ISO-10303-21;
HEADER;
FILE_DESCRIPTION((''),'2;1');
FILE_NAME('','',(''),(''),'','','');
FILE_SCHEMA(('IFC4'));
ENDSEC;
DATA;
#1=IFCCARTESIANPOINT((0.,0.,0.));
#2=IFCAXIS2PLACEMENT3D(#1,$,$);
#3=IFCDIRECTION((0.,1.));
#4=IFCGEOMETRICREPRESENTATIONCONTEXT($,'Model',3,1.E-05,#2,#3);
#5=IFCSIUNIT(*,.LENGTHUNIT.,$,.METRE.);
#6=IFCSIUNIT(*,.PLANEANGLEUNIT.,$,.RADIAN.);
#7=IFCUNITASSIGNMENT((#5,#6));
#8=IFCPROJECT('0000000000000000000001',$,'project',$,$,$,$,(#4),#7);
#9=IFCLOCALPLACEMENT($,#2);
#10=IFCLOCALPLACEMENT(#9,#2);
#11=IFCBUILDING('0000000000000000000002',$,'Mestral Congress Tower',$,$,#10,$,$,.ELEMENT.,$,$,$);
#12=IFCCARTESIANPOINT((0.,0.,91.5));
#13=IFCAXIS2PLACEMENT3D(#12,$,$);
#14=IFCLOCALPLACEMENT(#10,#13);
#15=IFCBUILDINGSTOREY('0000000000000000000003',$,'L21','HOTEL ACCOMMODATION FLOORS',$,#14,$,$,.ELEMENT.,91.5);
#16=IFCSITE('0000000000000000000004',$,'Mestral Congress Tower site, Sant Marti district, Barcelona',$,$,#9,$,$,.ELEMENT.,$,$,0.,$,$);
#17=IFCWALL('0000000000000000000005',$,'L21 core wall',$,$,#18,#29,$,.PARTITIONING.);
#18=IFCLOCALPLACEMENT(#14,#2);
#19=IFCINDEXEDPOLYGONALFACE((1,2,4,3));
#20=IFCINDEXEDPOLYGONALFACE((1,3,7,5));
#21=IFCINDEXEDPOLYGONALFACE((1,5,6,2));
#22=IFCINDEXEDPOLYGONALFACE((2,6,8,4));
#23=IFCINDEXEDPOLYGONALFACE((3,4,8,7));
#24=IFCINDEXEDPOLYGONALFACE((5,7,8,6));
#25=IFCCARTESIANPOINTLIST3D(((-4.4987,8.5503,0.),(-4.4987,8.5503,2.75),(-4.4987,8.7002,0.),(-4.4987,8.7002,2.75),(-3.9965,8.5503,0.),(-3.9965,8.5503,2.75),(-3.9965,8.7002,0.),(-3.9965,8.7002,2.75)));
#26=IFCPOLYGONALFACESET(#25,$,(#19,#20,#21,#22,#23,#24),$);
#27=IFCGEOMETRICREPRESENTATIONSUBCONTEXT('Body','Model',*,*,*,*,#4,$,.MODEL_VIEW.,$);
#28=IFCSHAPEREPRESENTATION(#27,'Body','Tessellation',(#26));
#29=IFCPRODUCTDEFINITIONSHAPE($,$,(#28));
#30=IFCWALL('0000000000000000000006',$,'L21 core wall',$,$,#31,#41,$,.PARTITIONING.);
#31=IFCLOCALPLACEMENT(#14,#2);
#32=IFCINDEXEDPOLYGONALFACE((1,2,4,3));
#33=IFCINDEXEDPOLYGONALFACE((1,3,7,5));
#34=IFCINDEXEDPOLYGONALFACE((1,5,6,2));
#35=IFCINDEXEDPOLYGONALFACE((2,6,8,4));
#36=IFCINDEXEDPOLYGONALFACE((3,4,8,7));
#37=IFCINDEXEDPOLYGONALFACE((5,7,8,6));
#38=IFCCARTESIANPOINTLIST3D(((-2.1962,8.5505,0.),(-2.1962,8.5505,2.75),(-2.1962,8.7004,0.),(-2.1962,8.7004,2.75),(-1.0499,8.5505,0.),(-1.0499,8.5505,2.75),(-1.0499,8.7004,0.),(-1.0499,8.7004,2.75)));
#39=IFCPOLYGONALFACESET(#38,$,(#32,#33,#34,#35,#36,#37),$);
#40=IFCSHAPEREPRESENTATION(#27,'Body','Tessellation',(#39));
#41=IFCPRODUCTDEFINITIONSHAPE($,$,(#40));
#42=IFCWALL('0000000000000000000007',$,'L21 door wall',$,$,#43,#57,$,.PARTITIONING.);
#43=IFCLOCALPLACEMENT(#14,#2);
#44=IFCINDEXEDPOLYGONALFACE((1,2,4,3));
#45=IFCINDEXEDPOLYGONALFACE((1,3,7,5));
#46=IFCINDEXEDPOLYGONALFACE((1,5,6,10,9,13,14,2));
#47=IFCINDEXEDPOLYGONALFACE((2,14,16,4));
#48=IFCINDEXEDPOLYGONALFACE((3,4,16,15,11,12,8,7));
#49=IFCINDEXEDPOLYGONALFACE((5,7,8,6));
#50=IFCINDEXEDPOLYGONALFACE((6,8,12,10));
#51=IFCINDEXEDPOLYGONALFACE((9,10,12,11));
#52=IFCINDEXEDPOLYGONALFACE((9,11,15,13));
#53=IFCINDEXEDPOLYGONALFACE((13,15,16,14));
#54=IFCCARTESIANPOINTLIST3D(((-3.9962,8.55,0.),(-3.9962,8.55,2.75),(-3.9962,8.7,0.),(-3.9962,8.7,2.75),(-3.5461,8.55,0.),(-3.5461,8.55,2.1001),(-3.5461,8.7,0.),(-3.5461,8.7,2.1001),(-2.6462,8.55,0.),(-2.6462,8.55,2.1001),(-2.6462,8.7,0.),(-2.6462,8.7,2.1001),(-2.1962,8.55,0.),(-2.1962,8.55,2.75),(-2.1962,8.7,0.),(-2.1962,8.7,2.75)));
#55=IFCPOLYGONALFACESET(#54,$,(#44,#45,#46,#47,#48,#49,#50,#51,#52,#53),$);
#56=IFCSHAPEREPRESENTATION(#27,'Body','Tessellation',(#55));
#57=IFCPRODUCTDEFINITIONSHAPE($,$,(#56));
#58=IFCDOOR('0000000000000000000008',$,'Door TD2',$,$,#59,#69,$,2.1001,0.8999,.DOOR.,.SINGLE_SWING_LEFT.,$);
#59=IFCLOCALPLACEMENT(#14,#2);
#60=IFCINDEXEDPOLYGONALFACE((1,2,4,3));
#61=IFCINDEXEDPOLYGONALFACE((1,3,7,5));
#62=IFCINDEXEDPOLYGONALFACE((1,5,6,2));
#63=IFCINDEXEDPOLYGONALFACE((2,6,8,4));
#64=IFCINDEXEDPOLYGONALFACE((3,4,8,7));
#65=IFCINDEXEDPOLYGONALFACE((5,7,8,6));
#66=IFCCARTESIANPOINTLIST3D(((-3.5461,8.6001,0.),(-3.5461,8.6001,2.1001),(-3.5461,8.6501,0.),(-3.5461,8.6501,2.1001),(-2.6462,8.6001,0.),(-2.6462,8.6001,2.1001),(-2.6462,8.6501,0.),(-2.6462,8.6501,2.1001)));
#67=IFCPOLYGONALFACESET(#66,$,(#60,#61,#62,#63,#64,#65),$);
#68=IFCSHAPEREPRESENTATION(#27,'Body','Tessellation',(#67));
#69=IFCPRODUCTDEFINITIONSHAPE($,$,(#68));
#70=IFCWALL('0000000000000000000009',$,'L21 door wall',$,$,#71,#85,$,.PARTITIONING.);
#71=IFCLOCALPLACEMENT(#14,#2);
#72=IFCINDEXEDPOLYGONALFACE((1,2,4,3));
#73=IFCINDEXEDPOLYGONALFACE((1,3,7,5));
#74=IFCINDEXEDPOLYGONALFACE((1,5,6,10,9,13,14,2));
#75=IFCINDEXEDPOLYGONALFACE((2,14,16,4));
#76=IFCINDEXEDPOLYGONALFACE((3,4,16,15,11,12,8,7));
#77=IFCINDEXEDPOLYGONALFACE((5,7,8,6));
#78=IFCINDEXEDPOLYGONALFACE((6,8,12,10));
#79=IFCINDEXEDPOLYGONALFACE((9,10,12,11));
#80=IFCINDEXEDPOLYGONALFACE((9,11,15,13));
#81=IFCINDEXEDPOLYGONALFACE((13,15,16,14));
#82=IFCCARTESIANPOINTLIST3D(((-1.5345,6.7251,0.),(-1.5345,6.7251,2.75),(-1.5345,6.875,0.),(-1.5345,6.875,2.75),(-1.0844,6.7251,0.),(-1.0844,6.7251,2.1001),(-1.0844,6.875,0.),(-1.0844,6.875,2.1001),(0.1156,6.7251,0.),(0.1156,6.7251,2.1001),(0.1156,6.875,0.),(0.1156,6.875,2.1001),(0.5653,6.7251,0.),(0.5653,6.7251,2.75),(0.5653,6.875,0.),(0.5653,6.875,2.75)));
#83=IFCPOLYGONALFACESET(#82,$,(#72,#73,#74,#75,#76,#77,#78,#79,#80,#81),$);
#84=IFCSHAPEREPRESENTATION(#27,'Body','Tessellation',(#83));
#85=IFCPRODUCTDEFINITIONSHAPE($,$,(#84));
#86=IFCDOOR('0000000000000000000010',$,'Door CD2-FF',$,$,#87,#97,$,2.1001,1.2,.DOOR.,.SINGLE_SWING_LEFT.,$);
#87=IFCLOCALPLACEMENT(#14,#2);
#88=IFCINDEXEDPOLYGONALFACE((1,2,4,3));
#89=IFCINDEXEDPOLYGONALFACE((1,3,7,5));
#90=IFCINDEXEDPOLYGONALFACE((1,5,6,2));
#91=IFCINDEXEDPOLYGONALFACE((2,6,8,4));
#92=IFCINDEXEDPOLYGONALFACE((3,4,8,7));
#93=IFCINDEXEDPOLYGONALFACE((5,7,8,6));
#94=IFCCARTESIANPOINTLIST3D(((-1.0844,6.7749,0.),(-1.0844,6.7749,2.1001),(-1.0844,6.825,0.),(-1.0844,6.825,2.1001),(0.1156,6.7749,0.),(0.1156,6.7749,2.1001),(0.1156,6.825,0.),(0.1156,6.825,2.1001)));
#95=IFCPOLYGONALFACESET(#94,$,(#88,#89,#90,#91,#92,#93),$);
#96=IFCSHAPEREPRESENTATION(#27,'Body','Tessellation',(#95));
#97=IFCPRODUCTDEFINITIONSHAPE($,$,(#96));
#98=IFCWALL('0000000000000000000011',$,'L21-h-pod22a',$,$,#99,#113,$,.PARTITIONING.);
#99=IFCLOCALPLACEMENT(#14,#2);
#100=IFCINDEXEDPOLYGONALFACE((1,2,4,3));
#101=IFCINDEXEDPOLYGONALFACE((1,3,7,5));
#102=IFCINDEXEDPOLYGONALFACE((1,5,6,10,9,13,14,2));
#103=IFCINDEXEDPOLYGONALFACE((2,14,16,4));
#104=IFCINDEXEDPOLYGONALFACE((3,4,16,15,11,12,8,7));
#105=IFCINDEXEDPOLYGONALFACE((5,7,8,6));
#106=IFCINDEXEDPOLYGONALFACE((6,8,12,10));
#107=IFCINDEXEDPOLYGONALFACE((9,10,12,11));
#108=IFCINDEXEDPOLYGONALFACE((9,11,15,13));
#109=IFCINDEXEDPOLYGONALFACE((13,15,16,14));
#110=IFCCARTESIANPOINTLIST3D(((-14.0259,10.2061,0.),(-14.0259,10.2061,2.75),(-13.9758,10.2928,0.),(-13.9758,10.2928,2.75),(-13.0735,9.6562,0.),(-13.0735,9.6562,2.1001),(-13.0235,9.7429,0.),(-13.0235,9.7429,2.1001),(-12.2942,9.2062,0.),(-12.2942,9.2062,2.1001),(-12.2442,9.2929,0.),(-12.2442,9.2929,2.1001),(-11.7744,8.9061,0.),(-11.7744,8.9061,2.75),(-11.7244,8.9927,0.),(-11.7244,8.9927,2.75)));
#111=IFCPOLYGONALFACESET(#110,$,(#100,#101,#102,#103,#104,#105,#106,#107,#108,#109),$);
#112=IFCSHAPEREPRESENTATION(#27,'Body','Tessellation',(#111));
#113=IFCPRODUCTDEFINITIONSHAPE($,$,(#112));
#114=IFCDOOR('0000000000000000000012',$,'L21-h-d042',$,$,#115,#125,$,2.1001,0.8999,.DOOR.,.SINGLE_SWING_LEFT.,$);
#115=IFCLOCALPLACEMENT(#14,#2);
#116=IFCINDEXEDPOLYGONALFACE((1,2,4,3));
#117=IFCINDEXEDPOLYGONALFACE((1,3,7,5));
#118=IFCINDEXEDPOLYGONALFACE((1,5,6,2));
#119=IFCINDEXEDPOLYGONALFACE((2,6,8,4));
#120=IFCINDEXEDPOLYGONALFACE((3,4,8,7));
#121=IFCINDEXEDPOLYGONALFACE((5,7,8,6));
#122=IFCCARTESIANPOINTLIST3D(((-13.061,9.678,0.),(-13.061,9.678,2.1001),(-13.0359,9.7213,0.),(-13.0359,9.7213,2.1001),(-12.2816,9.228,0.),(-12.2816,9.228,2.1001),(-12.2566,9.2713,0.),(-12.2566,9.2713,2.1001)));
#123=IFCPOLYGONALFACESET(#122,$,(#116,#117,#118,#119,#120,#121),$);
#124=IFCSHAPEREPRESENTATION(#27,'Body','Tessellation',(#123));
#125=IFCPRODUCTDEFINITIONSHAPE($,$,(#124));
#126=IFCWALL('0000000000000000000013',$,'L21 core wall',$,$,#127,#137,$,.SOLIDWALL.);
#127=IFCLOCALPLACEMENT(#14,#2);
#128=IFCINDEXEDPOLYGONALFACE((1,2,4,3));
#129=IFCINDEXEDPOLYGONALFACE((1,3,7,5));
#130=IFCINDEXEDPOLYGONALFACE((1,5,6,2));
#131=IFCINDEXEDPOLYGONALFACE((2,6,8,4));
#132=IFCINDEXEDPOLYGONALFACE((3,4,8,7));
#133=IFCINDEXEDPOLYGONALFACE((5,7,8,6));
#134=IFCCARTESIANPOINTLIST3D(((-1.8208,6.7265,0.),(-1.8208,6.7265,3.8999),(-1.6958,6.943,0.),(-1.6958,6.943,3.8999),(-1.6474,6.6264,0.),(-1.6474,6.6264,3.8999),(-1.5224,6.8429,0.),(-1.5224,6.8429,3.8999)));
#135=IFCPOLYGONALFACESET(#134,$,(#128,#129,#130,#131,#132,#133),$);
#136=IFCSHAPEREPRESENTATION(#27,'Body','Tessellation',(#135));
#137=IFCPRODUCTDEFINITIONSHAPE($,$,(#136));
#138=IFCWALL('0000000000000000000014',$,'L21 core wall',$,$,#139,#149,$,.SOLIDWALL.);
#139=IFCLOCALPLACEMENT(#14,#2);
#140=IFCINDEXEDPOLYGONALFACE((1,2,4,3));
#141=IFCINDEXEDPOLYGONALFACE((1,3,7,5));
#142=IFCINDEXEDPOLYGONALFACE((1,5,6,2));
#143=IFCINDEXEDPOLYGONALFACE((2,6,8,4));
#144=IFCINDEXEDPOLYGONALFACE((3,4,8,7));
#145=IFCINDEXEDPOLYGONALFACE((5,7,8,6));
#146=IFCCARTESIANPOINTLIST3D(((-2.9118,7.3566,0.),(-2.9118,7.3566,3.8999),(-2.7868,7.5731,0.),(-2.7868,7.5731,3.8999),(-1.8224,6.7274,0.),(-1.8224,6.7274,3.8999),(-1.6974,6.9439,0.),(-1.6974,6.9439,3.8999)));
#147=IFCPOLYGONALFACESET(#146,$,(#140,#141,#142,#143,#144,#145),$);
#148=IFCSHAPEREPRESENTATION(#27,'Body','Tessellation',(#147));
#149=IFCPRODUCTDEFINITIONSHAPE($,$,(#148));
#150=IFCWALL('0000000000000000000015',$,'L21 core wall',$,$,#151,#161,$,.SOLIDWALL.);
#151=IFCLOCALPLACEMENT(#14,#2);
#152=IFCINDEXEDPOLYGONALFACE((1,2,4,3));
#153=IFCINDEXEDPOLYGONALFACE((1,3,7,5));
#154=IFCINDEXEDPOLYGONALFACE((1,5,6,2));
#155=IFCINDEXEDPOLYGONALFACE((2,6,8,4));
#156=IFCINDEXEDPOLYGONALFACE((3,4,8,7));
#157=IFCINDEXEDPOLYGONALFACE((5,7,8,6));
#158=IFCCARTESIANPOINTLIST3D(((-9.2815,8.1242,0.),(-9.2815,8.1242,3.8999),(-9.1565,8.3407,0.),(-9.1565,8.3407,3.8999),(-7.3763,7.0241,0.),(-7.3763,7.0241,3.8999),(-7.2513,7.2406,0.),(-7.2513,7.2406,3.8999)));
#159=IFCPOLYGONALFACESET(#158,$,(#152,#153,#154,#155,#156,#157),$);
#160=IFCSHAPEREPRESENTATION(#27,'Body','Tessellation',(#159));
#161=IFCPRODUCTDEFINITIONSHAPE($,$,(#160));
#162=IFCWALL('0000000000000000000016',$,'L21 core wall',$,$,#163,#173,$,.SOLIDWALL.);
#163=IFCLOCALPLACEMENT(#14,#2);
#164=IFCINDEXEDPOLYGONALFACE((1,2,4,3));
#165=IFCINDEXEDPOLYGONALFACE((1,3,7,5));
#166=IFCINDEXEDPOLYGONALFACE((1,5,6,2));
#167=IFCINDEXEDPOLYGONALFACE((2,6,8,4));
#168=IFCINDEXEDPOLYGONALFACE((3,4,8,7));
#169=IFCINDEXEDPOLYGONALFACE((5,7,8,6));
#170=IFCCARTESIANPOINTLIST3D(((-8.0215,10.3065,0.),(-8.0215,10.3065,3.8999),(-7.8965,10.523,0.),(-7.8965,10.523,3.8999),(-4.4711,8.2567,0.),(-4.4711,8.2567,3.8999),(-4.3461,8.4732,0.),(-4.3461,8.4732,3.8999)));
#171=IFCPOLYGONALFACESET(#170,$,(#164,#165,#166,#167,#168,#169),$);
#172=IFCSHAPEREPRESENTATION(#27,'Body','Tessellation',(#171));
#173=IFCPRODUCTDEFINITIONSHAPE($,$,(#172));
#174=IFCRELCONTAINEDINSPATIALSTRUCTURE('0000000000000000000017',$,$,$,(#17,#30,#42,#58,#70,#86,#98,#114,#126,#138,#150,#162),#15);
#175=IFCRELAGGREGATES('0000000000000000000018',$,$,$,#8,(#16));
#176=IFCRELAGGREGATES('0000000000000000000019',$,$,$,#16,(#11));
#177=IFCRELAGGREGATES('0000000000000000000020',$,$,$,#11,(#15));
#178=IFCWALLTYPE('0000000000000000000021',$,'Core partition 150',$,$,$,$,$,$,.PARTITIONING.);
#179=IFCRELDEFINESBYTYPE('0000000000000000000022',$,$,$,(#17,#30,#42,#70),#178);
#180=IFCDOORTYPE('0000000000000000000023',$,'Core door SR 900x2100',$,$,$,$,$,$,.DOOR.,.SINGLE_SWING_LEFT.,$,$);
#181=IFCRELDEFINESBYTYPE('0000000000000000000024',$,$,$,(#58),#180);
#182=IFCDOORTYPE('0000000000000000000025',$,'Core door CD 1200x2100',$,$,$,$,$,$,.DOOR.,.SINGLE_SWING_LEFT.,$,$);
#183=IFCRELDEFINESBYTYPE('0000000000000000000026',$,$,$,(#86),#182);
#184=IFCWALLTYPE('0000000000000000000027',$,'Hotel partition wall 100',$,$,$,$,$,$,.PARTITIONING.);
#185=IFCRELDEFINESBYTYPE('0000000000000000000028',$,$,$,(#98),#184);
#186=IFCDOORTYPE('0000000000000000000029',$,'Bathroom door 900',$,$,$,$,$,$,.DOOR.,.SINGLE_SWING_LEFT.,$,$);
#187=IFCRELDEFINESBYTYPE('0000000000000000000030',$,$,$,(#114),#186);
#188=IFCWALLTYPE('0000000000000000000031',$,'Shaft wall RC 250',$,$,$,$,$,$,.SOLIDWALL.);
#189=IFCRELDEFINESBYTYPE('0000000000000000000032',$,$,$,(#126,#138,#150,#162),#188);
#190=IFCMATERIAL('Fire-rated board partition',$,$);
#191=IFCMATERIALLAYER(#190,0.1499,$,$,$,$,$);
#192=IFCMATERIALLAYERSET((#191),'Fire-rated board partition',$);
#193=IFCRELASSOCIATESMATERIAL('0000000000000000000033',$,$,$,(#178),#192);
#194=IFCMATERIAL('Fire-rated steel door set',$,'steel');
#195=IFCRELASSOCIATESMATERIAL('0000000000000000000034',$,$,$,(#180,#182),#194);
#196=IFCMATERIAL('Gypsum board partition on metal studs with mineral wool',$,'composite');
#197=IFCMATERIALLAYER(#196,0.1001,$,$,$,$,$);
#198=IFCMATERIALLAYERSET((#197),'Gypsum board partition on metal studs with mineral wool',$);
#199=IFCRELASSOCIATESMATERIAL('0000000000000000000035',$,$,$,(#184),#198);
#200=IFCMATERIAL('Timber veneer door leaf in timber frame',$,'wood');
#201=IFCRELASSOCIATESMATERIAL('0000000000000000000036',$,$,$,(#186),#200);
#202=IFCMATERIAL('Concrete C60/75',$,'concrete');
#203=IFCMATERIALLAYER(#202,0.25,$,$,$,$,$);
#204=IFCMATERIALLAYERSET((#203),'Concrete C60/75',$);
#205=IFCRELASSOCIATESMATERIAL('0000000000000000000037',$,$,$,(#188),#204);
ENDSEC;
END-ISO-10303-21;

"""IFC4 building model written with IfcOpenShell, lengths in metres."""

from ifc_helpers import new_model, si_unit, direction, frame, frame_2d, origin, place, context, subcontext, project, spatial, rectangle, extrude, material, layer, layer_set, type_object, element, fill, save


model = new_model("IFC4")

# Units and contexts
model_context = context("Model", 3, precision=1e-05, world=origin(), true_north=direction((0.0, 1.0)))
body_context = subcontext(model_context, "Body", "Model", "MODEL_VIEW")
ifc_project = project(units=[si_unit("LENGTHUNIT", "METRE"), si_unit("PLANEANGLEUNIT", "RADIAN")], contexts=[model_context])

# Site, building, storey
site_placement = place(None, origin())
site = spatial("IfcSite", under=ifc_project, at=site_placement, Name="Mestral Congress Tower site, Sant Marti district, Barcelona", CompositionType="ELEMENT", RefElevation=0.0)
building_placement = place(site_placement, origin())
building = spatial("IfcBuilding", under=site, at=building_placement, Name="Mestral Congress Tower", CompositionType="ELEMENT")
storey_placement = place(building_placement, frame((0.0, 0.0, 91.5)))
storey = spatial("IfcBuildingStorey", under=building, at=storey_placement, Name="L21", Description="HOTEL ACCOMMODATION FLOORS", CompositionType="ELEMENT", Elevation=91.5)

# Walls
ifc_material_1 = material(Name="Fire-rated board partition")
ifc_layer_1 = layer(ifc_material_1, 0.1499)
ifc_layer_set_1 = layer_set([ifc_layer_1], Name="Fire-rated board partition")
wall_type_1 = type_object("IfcWallType", Name="Core partition 150", PredefinedType="PARTITIONING", material=ifc_layer_set_1)
wall_1_placement = place(storey_placement, frame((-3.9966, 8.6252, 0.0), z_axis=(0.0, 0.0, 1.0), x_axis=(-1.0, 0.0, 0.0)))
element("IfcWall", 1, at=wall_1_placement, inside=storey, type_object=wall_type_1, Name="L21 core wall", PredefinedType="PARTITIONING", context=body_context, shape_type="SweptSolid", body=[
    extrude(rectangle(XDim=0.5022, YDim=0.1499, at=frame_2d((0.251, 0.0))), origin(), (0.0, 0.0, 1.0), 2.75),
])
wall_2_placement = place(storey_placement, frame((-2.1963, 8.6255, 0.0), z_axis=(0.0, 0.0, 1.0), x_axis=(1.0, 0.0, 0.0)))
element("IfcWall", 2, at=wall_2_placement, inside=storey, type_object=wall_type_1, Name="L21 core wall", PredefinedType="PARTITIONING", context=body_context, shape_type="SweptSolid", body=[
    extrude(rectangle(XDim=1.1462, YDim=0.1499, at=frame_2d((0.5732, 0.0))), origin(), (0.0, 0.0, 1.0), 2.75),
])

# Walls, openings, doors
wall_3_placement = place(storey_placement, frame((-2.1963, 8.625, 0.0), z_axis=(0.0, 0.0, 1.0), x_axis=(-1.0, 0.0, 0.0)))
wall_3 = element("IfcWall", 3, at=wall_3_placement, inside=storey, type_object=wall_type_1, Name="L21 door wall", PredefinedType="PARTITIONING", context=body_context, shape_type="SweptSolid", body=[
    extrude(rectangle(XDim=1.8, YDim=0.1499, at=frame_2d((0.8999, 0.0))), origin(), (0.0, 0.0, 1.0), 2.75),
])
opening_1_placement = place(wall_3_placement, frame((0.45, 0.0, 0.0)))
opening_1 = element("IfcOpeningElement", 4, at=opening_1_placement, cuts=wall_3, PredefinedType="OPENING", context=body_context, shape_type="SweptSolid", body=[
    extrude(rectangle(XDim=0.8999, YDim=2.1001, at=frame_2d((0.45, 1.05))), frame((0.0, 0.085, 0.0), z_axis=(0.0, -1.0, 0.0), x_axis=(1.0, 0.0, 0.0)), (0.0, 0.0, 1.0), 0.1699),
])
ifc_material_2 = material(Name="Fire-rated steel door set", Category="steel")
door_type_1 = type_object("IfcDoorType", Name="Core door SR 900x2100", OperationType="SINGLE_SWING_LEFT", PredefinedType="DOOR", material=ifc_material_2)
door_1_placement = place(opening_1_placement, origin())
door_1 = element("IfcDoor", 5, at=door_1_placement, inside=storey, type_object=door_type_1, Name="Door TD2", OperationType="SINGLE_SWING_LEFT", OverallHeight=2.1001, OverallWidth=0.8999, PredefinedType="DOOR", context=body_context, shape_type="SweptSolid", body=[
    extrude(rectangle(XDim=0.8999, YDim=2.1001, at=frame_2d((0.45, 1.05))), frame((0.0, 0.0249, 0.0), z_axis=(0.0, -1.0, 0.0), x_axis=(1.0, 0.0, 0.0)), (0.0, 0.0, 1.0), 0.05),
])
fill(opening_1, door_1)
wall_4_placement = place(storey_placement, frame((-1.5344, 6.8, 0.0), z_axis=(0.0, 0.0, 1.0), x_axis=(1.0, 0.0, 0.0)))
wall_4 = element("IfcWall", 6, at=wall_4_placement, inside=storey, type_object=wall_type_1, Name="L21 door wall", PredefinedType="PARTITIONING", context=body_context, shape_type="SweptSolid", body=[
    extrude(rectangle(XDim=2.0999, YDim=0.1499, at=frame_2d((1.0498, 0.0))), origin(), (0.0, 0.0, 1.0), 2.75),
])
opening_2_placement = place(wall_4_placement, frame((0.45, 0.0, 0.0)))
opening_2 = element("IfcOpeningElement", 7, at=opening_2_placement, cuts=wall_4, PredefinedType="OPENING", context=body_context, shape_type="SweptSolid", body=[
    extrude(rectangle(XDim=1.2, YDim=2.1001, at=frame_2d((0.6001, 1.05))), frame((0.0, 0.085, 0.0), z_axis=(0.0, -1.0, 0.0), x_axis=(1.0, 0.0, 0.0)), (0.0, 0.0, 1.0), 0.1699),
])
door_type_2 = type_object("IfcDoorType", Name="Core door CD 1200x2100", OperationType="SINGLE_SWING_LEFT", PredefinedType="DOOR", material=ifc_material_2)
door_2_placement = place(opening_2_placement, origin())
door_2 = element("IfcDoor", 8, at=door_2_placement, inside=storey, type_object=door_type_2, Name="Door CD2-FF", OperationType="SINGLE_SWING_LEFT", OverallHeight=2.1001, OverallWidth=1.2, PredefinedType="DOOR", context=body_context, shape_type="SweptSolid", body=[
    extrude(rectangle(XDim=1.2, YDim=2.1001, at=frame_2d((0.6001, 1.05))), frame((0.0, 0.0249, 0.0), z_axis=(0.0, -1.0, 0.0), x_axis=(1.0, 0.0, 0.0)), (0.0, 0.0, 1.0), 0.05),
])
fill(opening_2, door_2)
ifc_material_3 = material(Name="Gypsum board partition on metal studs with mineral wool", Category="composite")
ifc_layer_2 = layer(ifc_material_3, 0.1001)
ifc_layer_set_2 = layer_set([ifc_layer_2], Name="Gypsum board partition on metal studs with mineral wool")
wall_type_2 = type_object("IfcWallType", Name="Hotel partition wall 100", PredefinedType="PARTITIONING", material=ifc_layer_set_2)
wall_5_placement = place(storey_placement, frame((-11.7495, 8.9495, 0.0), z_axis=(0.0, 0.0, 1.0), x_axis=(-0.865998, 0.500048, 0.0)))
wall_5 = element("IfcWall", 9, at=wall_5_placement, inside=storey, type_object=wall_type_2, Name="L21-h-pod22a", PredefinedType="PARTITIONING", context=body_context, shape_type="SweptSolid", body=[
    extrude(rectangle(XDim=2.5999, YDim=0.1001, at=frame_2d((1.2998, 0.0))), origin(), (0.0, 0.0, 1.0), 2.75),
])
opening_3_placement = place(wall_5_placement, frame((0.6001, 0.0, 0.0)))
opening_3 = element("IfcOpeningElement", 10, at=opening_3_placement, cuts=wall_5, PredefinedType="OPENING", context=body_context, shape_type="SweptSolid", body=[
    extrude(rectangle(XDim=0.8999, YDim=2.1001, at=frame_2d((0.45, 1.05))), frame((0.0, 0.0601, 0.0), z_axis=(0.0, -1.0, 0.0), x_axis=(1.0, 0.0, 0.0)), (0.0, 0.0, 1.0), 0.1201),
])
ifc_material_4 = material(Name="Timber veneer door leaf in timber frame", Category="wood")
door_type_3 = type_object("IfcDoorType", Name="Bathroom door 900", OperationType="SINGLE_SWING_LEFT", PredefinedType="DOOR", material=ifc_material_4)
door_3_placement = place(opening_3_placement, origin())
door_3 = element("IfcDoor", 11, at=door_3_placement, inside=storey, type_object=door_type_3, Name="L21-h-d042", OperationType="SINGLE_SWING_LEFT", OverallHeight=2.1001, OverallWidth=0.8999, PredefinedType="DOOR", context=body_context, shape_type="SweptSolid", body=[
    extrude(rectangle(XDim=0.8999, YDim=2.1001, at=frame_2d((0.45, 1.05))), frame((0.0, 0.0249, 0.0), z_axis=(0.0, -1.0, 0.0), x_axis=(1.0, 0.0, 0.0)), (0.0, 0.0, 1.0), 0.05),
])
fill(opening_3, door_3)

# Walls
ifc_material_5 = material(Name="Concrete C60/75", Category="concrete")
ifc_layer_3 = layer(ifc_material_5, 0.25)
ifc_layer_set_3 = layer_set([ifc_layer_3], Name="Concrete C60/75")
wall_type_3 = type_object("IfcWallType", Name="Shaft wall RC 250", PredefinedType="SOLIDWALL", material=ifc_layer_set_3)
wall_6_placement = place(storey_placement, frame((-1.7583, 6.8347, 0.0), z_axis=(0.0, 0.0, 1.0), x_axis=(0.865982, -0.500074, 0.0)))
element("IfcWall", 12, at=wall_6_placement, inside=storey, type_object=wall_type_3, Name="L21 core wall", PredefinedType="SOLIDWALL", context=body_context, shape_type="SweptSolid", body=[
    extrude(rectangle(XDim=0.2002, YDim=0.25, at=frame_2d((0.1001, 0.0))), origin(), (0.0, 0.0, 1.0), 3.8999),
])
wall_7_placement = place(storey_placement, frame((-1.76, 6.8357, 0.0), z_axis=(0.0, 0.0, 1.0), x_axis=(-0.865953, 0.500126, 0.0)))
element("IfcWall", 13, at=wall_7_placement, inside=storey, type_object=wall_type_3, Name="L21 core wall", PredefinedType="SOLIDWALL", context=body_context, shape_type="SweptSolid", body=[
    extrude(rectangle(XDim=1.2581, YDim=0.25, at=frame_2d((0.6289, 0.0))), origin(), (0.0, 0.0, 1.0), 3.8999),
])
wall_8_placement = place(storey_placement, frame((-7.3137, 7.1323, 0.0), z_axis=(0.0, 0.0, 1.0), x_axis=(-0.866008, 0.50003, 0.0)))
element("IfcWall", 14, at=wall_8_placement, inside=storey, type_object=wall_type_3, Name="L21 core wall", PredefinedType="SOLIDWALL", context=body_context, shape_type="SweptSolid", body=[
    extrude(rectangle(XDim=2.2, YDim=0.25, at=frame_2d((1.1001, 0.0))), origin(), (0.0, 0.0, 1.0), 3.8999),
])
wall_9_placement = place(storey_placement, frame((-7.959, 10.4148, 0.0), z_axis=(0.0, 0.0, 1.0), x_axis=(0.866021, -0.500008, 0.0)))
element("IfcWall", 15, at=wall_9_placement, inside=storey, type_object=wall_type_3, Name="L21 core wall", PredefinedType="SOLIDWALL", context=body_context, shape_type="SweptSolid", body=[
    extrude(rectangle(XDim=4.0996, YDim=0.25, at=frame_2d((2.0498, 0.0))), origin(), (0.0, 0.0, 1.0), 3.8999),
])

save(model, "model.ifc")
